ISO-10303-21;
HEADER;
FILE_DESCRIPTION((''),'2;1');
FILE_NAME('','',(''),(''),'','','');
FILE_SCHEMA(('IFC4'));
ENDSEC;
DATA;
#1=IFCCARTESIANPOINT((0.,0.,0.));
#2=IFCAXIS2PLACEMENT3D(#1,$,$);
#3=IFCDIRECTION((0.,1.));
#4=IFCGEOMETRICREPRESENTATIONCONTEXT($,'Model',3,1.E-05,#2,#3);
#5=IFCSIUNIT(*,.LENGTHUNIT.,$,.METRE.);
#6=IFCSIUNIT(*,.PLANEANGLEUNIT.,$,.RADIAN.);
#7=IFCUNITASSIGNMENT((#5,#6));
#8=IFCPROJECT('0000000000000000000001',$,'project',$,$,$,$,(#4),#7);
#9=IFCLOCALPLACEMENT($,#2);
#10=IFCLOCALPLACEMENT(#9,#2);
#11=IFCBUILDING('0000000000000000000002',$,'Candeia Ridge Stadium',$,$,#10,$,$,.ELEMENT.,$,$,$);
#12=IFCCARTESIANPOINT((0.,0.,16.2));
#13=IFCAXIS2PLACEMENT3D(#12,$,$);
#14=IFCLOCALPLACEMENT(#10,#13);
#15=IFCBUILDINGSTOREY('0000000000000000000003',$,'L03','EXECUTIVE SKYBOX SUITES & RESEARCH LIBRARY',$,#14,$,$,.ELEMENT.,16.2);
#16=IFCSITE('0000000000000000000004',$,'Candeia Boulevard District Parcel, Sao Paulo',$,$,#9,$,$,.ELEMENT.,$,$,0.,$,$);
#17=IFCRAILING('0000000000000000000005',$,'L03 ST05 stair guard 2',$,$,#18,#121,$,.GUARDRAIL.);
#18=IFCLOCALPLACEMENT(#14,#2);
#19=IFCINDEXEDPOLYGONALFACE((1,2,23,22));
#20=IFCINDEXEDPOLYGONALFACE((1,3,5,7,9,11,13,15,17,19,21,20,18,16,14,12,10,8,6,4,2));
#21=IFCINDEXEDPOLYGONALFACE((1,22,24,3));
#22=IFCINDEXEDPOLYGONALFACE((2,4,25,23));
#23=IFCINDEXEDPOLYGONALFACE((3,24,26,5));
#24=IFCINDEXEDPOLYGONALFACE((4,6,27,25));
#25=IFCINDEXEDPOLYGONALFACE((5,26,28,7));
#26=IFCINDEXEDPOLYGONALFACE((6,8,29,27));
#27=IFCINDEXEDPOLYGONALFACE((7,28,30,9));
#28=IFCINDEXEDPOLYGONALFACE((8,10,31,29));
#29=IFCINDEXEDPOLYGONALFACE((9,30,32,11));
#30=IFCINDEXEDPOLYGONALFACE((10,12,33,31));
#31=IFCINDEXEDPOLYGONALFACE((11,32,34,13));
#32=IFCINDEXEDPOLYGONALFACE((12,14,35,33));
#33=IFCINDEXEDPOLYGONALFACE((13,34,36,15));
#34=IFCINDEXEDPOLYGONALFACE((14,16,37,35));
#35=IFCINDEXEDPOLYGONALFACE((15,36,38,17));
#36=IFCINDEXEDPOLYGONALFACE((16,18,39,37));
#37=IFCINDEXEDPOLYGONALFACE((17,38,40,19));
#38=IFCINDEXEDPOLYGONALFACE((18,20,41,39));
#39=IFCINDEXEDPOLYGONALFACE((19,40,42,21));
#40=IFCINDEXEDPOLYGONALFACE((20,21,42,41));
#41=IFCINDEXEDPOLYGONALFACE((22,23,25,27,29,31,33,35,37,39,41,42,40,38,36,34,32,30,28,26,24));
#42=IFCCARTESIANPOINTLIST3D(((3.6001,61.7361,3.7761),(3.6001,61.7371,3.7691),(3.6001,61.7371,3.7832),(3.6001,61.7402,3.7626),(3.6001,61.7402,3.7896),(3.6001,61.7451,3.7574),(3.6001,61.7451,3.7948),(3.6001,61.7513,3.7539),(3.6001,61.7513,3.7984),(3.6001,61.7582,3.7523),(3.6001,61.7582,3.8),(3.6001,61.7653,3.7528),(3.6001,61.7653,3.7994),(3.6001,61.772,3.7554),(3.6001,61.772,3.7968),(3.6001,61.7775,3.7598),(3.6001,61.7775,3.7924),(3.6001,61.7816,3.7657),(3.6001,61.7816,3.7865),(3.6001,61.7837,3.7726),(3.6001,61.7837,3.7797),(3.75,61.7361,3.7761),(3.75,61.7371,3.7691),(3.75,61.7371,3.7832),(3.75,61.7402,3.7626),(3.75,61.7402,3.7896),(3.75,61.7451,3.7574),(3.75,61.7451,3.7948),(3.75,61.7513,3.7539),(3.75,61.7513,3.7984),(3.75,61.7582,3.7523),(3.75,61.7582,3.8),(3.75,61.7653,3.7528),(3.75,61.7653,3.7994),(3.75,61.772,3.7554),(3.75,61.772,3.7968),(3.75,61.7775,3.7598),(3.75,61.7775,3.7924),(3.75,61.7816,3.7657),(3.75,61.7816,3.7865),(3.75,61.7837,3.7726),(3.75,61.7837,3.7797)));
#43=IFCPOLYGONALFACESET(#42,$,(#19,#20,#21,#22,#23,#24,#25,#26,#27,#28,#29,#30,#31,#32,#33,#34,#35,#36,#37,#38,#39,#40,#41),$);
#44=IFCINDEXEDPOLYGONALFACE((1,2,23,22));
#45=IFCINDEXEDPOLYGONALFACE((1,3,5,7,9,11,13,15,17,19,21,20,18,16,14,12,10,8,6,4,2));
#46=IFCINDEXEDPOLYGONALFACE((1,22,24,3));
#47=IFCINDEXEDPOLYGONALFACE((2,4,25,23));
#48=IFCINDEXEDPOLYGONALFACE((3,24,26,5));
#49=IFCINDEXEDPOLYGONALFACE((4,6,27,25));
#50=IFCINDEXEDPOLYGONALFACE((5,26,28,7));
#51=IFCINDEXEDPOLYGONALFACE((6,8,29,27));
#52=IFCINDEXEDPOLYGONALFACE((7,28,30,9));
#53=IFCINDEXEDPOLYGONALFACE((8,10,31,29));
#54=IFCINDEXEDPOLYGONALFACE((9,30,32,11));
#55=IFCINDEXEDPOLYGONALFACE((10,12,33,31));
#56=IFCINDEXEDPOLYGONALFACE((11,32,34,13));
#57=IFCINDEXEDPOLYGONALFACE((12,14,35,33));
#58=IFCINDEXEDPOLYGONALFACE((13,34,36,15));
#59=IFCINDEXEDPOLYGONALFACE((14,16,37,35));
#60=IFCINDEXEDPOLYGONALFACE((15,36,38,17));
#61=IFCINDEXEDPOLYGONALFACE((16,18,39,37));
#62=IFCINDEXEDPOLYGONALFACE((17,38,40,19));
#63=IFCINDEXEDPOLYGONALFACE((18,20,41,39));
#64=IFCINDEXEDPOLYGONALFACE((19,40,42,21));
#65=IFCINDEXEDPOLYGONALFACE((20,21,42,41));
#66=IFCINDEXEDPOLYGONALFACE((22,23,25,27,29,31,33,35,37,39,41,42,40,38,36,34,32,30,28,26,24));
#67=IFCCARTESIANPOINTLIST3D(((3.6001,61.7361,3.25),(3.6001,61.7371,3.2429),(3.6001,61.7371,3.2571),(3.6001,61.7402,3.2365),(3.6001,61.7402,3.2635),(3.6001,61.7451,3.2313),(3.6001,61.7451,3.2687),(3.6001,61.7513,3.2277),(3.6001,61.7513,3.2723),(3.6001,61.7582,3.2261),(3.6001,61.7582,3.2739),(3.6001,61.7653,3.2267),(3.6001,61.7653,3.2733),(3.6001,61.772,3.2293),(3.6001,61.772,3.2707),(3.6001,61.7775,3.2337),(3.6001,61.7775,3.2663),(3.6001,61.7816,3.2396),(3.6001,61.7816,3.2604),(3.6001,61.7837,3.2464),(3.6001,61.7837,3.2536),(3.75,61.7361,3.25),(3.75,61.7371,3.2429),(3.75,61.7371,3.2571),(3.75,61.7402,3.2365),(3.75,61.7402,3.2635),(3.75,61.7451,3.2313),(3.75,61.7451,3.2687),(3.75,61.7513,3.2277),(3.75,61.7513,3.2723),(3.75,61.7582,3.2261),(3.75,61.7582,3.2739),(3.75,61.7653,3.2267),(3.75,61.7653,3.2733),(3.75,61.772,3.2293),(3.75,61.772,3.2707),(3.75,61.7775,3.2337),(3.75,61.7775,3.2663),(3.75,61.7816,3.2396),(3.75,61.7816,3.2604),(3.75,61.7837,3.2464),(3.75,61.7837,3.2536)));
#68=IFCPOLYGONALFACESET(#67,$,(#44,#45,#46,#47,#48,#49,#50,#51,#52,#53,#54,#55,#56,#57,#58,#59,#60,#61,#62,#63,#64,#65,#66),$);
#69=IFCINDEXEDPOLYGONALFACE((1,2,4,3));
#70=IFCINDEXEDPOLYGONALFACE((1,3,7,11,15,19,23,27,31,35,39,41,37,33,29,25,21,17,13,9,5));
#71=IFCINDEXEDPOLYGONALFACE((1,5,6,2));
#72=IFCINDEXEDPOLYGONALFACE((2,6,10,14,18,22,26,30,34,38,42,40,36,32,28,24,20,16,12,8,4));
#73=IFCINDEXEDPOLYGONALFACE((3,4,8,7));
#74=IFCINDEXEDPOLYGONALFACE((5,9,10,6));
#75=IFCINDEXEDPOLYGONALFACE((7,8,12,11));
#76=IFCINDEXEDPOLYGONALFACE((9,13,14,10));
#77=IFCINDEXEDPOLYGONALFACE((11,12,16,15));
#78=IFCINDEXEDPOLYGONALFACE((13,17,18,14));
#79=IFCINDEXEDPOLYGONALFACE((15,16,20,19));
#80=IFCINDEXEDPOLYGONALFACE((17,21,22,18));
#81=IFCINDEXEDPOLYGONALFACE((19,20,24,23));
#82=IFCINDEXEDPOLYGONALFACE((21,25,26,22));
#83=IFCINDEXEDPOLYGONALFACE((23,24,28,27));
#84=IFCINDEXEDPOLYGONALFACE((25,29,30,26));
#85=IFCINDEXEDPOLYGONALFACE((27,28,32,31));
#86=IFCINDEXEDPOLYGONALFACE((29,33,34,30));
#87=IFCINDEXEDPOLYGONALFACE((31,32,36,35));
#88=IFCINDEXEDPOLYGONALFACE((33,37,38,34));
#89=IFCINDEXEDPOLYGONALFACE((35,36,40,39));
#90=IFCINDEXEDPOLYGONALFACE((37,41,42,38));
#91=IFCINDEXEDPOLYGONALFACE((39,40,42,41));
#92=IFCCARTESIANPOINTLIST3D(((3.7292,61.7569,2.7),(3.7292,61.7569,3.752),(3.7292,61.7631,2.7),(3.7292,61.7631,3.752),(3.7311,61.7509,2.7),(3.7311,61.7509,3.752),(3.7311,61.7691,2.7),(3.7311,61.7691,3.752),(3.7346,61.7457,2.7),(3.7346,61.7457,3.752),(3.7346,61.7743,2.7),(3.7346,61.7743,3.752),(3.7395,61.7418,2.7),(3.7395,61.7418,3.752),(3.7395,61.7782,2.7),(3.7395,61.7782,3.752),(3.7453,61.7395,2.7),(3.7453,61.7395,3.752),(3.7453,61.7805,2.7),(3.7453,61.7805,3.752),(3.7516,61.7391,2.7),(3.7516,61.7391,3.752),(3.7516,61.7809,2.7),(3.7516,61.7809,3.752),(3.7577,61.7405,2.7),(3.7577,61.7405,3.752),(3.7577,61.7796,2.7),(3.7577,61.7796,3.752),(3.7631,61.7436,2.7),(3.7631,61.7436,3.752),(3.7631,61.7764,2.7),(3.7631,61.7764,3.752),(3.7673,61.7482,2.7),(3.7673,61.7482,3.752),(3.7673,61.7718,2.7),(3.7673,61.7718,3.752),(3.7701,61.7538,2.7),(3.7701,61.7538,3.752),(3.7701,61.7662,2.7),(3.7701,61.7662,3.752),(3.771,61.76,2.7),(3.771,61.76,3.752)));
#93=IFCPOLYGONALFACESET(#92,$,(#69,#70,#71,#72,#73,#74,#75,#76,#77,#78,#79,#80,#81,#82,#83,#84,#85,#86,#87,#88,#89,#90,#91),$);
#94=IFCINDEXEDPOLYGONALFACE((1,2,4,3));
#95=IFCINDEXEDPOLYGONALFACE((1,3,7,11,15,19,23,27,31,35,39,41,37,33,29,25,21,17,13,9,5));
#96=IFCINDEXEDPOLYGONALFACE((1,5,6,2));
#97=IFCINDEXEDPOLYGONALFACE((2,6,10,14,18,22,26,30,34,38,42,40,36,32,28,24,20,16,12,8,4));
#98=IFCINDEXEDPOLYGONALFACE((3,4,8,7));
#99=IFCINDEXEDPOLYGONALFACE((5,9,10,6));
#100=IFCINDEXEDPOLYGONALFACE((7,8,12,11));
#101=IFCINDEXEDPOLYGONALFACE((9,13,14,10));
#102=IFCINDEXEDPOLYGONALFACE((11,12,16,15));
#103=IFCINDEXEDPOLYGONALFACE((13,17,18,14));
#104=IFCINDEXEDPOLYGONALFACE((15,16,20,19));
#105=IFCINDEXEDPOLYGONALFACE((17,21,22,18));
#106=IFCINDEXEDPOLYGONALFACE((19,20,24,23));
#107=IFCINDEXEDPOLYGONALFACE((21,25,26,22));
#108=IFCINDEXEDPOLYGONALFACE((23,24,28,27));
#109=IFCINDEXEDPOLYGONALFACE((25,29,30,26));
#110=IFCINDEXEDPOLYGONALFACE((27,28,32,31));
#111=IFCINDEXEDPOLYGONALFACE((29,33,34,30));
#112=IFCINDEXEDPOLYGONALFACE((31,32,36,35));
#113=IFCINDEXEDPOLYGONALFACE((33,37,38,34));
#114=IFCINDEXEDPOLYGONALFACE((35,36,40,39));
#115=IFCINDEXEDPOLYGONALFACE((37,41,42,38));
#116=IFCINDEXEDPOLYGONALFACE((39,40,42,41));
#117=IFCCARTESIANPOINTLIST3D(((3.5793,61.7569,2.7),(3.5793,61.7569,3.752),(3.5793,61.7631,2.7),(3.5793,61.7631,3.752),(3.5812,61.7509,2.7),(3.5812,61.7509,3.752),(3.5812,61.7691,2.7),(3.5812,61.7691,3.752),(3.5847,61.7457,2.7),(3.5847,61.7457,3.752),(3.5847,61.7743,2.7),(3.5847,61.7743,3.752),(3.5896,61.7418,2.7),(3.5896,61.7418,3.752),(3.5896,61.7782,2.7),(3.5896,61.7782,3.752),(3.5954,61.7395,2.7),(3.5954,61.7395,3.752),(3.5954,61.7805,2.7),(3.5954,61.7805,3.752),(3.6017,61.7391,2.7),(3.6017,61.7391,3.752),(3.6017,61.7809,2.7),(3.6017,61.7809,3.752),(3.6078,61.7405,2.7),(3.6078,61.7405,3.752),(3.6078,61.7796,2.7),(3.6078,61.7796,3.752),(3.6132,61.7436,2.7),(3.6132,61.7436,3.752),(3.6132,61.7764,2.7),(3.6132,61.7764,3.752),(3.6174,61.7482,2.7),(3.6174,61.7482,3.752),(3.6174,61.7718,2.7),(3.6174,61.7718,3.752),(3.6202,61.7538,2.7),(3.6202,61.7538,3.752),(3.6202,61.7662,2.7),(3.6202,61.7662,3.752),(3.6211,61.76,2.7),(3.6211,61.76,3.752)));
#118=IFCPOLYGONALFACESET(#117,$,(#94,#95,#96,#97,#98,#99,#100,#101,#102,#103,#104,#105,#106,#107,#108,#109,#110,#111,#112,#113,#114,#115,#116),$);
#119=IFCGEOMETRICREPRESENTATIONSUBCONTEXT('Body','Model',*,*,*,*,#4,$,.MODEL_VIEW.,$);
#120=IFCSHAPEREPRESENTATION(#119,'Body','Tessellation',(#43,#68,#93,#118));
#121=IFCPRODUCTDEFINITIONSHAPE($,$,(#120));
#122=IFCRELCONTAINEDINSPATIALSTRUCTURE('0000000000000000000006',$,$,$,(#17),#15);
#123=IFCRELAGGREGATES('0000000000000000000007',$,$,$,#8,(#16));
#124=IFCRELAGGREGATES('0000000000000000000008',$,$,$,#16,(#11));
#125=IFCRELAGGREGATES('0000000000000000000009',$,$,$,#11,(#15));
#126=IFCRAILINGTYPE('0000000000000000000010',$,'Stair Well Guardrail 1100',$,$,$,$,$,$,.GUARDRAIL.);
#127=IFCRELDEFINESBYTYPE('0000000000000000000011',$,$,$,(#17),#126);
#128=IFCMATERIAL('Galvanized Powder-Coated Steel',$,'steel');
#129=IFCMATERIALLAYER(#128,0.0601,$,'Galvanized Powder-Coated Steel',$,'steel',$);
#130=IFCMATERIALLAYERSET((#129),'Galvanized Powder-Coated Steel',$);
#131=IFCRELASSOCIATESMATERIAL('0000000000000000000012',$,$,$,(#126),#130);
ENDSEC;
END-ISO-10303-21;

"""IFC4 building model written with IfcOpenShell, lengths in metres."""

from ifc_helpers import new_model, si_unit, direction, frame, origin, origin_2d, place, context, subcontext, project, spatial, circle, extrude, material, layer, layer_set, type_object, element, save


model = new_model("IFC4")

# Units and contexts
model_context = context("Model", 3, precision=1e-05, world=origin(), true_north=direction((0.0, 1.0)))
body_context = subcontext(model_context, "Body", "Model", "MODEL_VIEW")
ifc_project = project(units=[si_unit("LENGTHUNIT", "METRE"), si_unit("PLANEANGLEUNIT", "RADIAN")], contexts=[model_context])

# Site, building, storey
site_placement = place(None, origin())
site = spatial("IfcSite", under=ifc_project, at=site_placement, Name="Candeia Boulevard District Parcel, Sao Paulo", CompositionType="ELEMENT", RefElevation=0.0)
building_placement = place(site_placement, origin())
building = spatial("IfcBuilding", under=site, at=building_placement, Name="Candeia Ridge Stadium", CompositionType="ELEMENT")
storey_placement = place(building_placement, frame((0.0, 0.0, 16.2)))
storey = spatial("IfcBuildingStorey", under=building, at=storey_placement, Name="L03", Description="EXECUTIVE SKYBOX SUITES & RESEARCH LIBRARY", CompositionType="ELEMENT", Elevation=16.2)

# Railing
ifc_material_1 = material(Name="Galvanized Powder-Coated Steel", Category="steel")
ifc_layer_1 = layer(ifc_material_1, 0.0601, Name="Galvanized Powder-Coated Steel", Category="steel")
ifc_layer_set_1 = layer_set([ifc_layer_1], Name="Galvanized Powder-Coated Steel")
railing_type_1 = type_object("IfcRailingType", Name="Stair Well Guardrail 1100", PredefinedType="GUARDRAIL", material=ifc_layer_set_1)
railing_1_placement = place(storey_placement, frame((3.75, 61.76, 2.7)))
element("IfcRailing", 1, at=railing_1_placement, inside=storey, type_object=railing_type_1, Name="L03 ST05 stair guard 2", PredefinedType="GUARDRAIL", context=body_context, shape_type="SweptSolid", body=[
    extrude(circle(Radius=0.0239, at=origin_2d()), frame((0.0, 0.0, 1.0762), z_axis=(-1.0, 0.0, 0.0), x_axis=(0.0, -1.0, 0.0)), (0.0, 0.0, 1.0), 0.1499),
    extrude(circle(Radius=0.0239, at=origin_2d()), frame((0.0, 0.0, 0.55), z_axis=(-1.0, 0.0, 0.0), x_axis=(0.0, -1.0, 0.0)), (0.0, 0.0, 1.0), 0.1499),
    extrude(circle(Radius=0.021, at=origin_2d()), origin(), (0.0, 0.0, 1.0), 1.052),
    extrude(circle(Radius=0.021, at=origin_2d()), frame((-0.1499, 0.0, 0.0)), (0.0, 0.0, 1.0), 1.052),
])

save(model, "model.ifc")
